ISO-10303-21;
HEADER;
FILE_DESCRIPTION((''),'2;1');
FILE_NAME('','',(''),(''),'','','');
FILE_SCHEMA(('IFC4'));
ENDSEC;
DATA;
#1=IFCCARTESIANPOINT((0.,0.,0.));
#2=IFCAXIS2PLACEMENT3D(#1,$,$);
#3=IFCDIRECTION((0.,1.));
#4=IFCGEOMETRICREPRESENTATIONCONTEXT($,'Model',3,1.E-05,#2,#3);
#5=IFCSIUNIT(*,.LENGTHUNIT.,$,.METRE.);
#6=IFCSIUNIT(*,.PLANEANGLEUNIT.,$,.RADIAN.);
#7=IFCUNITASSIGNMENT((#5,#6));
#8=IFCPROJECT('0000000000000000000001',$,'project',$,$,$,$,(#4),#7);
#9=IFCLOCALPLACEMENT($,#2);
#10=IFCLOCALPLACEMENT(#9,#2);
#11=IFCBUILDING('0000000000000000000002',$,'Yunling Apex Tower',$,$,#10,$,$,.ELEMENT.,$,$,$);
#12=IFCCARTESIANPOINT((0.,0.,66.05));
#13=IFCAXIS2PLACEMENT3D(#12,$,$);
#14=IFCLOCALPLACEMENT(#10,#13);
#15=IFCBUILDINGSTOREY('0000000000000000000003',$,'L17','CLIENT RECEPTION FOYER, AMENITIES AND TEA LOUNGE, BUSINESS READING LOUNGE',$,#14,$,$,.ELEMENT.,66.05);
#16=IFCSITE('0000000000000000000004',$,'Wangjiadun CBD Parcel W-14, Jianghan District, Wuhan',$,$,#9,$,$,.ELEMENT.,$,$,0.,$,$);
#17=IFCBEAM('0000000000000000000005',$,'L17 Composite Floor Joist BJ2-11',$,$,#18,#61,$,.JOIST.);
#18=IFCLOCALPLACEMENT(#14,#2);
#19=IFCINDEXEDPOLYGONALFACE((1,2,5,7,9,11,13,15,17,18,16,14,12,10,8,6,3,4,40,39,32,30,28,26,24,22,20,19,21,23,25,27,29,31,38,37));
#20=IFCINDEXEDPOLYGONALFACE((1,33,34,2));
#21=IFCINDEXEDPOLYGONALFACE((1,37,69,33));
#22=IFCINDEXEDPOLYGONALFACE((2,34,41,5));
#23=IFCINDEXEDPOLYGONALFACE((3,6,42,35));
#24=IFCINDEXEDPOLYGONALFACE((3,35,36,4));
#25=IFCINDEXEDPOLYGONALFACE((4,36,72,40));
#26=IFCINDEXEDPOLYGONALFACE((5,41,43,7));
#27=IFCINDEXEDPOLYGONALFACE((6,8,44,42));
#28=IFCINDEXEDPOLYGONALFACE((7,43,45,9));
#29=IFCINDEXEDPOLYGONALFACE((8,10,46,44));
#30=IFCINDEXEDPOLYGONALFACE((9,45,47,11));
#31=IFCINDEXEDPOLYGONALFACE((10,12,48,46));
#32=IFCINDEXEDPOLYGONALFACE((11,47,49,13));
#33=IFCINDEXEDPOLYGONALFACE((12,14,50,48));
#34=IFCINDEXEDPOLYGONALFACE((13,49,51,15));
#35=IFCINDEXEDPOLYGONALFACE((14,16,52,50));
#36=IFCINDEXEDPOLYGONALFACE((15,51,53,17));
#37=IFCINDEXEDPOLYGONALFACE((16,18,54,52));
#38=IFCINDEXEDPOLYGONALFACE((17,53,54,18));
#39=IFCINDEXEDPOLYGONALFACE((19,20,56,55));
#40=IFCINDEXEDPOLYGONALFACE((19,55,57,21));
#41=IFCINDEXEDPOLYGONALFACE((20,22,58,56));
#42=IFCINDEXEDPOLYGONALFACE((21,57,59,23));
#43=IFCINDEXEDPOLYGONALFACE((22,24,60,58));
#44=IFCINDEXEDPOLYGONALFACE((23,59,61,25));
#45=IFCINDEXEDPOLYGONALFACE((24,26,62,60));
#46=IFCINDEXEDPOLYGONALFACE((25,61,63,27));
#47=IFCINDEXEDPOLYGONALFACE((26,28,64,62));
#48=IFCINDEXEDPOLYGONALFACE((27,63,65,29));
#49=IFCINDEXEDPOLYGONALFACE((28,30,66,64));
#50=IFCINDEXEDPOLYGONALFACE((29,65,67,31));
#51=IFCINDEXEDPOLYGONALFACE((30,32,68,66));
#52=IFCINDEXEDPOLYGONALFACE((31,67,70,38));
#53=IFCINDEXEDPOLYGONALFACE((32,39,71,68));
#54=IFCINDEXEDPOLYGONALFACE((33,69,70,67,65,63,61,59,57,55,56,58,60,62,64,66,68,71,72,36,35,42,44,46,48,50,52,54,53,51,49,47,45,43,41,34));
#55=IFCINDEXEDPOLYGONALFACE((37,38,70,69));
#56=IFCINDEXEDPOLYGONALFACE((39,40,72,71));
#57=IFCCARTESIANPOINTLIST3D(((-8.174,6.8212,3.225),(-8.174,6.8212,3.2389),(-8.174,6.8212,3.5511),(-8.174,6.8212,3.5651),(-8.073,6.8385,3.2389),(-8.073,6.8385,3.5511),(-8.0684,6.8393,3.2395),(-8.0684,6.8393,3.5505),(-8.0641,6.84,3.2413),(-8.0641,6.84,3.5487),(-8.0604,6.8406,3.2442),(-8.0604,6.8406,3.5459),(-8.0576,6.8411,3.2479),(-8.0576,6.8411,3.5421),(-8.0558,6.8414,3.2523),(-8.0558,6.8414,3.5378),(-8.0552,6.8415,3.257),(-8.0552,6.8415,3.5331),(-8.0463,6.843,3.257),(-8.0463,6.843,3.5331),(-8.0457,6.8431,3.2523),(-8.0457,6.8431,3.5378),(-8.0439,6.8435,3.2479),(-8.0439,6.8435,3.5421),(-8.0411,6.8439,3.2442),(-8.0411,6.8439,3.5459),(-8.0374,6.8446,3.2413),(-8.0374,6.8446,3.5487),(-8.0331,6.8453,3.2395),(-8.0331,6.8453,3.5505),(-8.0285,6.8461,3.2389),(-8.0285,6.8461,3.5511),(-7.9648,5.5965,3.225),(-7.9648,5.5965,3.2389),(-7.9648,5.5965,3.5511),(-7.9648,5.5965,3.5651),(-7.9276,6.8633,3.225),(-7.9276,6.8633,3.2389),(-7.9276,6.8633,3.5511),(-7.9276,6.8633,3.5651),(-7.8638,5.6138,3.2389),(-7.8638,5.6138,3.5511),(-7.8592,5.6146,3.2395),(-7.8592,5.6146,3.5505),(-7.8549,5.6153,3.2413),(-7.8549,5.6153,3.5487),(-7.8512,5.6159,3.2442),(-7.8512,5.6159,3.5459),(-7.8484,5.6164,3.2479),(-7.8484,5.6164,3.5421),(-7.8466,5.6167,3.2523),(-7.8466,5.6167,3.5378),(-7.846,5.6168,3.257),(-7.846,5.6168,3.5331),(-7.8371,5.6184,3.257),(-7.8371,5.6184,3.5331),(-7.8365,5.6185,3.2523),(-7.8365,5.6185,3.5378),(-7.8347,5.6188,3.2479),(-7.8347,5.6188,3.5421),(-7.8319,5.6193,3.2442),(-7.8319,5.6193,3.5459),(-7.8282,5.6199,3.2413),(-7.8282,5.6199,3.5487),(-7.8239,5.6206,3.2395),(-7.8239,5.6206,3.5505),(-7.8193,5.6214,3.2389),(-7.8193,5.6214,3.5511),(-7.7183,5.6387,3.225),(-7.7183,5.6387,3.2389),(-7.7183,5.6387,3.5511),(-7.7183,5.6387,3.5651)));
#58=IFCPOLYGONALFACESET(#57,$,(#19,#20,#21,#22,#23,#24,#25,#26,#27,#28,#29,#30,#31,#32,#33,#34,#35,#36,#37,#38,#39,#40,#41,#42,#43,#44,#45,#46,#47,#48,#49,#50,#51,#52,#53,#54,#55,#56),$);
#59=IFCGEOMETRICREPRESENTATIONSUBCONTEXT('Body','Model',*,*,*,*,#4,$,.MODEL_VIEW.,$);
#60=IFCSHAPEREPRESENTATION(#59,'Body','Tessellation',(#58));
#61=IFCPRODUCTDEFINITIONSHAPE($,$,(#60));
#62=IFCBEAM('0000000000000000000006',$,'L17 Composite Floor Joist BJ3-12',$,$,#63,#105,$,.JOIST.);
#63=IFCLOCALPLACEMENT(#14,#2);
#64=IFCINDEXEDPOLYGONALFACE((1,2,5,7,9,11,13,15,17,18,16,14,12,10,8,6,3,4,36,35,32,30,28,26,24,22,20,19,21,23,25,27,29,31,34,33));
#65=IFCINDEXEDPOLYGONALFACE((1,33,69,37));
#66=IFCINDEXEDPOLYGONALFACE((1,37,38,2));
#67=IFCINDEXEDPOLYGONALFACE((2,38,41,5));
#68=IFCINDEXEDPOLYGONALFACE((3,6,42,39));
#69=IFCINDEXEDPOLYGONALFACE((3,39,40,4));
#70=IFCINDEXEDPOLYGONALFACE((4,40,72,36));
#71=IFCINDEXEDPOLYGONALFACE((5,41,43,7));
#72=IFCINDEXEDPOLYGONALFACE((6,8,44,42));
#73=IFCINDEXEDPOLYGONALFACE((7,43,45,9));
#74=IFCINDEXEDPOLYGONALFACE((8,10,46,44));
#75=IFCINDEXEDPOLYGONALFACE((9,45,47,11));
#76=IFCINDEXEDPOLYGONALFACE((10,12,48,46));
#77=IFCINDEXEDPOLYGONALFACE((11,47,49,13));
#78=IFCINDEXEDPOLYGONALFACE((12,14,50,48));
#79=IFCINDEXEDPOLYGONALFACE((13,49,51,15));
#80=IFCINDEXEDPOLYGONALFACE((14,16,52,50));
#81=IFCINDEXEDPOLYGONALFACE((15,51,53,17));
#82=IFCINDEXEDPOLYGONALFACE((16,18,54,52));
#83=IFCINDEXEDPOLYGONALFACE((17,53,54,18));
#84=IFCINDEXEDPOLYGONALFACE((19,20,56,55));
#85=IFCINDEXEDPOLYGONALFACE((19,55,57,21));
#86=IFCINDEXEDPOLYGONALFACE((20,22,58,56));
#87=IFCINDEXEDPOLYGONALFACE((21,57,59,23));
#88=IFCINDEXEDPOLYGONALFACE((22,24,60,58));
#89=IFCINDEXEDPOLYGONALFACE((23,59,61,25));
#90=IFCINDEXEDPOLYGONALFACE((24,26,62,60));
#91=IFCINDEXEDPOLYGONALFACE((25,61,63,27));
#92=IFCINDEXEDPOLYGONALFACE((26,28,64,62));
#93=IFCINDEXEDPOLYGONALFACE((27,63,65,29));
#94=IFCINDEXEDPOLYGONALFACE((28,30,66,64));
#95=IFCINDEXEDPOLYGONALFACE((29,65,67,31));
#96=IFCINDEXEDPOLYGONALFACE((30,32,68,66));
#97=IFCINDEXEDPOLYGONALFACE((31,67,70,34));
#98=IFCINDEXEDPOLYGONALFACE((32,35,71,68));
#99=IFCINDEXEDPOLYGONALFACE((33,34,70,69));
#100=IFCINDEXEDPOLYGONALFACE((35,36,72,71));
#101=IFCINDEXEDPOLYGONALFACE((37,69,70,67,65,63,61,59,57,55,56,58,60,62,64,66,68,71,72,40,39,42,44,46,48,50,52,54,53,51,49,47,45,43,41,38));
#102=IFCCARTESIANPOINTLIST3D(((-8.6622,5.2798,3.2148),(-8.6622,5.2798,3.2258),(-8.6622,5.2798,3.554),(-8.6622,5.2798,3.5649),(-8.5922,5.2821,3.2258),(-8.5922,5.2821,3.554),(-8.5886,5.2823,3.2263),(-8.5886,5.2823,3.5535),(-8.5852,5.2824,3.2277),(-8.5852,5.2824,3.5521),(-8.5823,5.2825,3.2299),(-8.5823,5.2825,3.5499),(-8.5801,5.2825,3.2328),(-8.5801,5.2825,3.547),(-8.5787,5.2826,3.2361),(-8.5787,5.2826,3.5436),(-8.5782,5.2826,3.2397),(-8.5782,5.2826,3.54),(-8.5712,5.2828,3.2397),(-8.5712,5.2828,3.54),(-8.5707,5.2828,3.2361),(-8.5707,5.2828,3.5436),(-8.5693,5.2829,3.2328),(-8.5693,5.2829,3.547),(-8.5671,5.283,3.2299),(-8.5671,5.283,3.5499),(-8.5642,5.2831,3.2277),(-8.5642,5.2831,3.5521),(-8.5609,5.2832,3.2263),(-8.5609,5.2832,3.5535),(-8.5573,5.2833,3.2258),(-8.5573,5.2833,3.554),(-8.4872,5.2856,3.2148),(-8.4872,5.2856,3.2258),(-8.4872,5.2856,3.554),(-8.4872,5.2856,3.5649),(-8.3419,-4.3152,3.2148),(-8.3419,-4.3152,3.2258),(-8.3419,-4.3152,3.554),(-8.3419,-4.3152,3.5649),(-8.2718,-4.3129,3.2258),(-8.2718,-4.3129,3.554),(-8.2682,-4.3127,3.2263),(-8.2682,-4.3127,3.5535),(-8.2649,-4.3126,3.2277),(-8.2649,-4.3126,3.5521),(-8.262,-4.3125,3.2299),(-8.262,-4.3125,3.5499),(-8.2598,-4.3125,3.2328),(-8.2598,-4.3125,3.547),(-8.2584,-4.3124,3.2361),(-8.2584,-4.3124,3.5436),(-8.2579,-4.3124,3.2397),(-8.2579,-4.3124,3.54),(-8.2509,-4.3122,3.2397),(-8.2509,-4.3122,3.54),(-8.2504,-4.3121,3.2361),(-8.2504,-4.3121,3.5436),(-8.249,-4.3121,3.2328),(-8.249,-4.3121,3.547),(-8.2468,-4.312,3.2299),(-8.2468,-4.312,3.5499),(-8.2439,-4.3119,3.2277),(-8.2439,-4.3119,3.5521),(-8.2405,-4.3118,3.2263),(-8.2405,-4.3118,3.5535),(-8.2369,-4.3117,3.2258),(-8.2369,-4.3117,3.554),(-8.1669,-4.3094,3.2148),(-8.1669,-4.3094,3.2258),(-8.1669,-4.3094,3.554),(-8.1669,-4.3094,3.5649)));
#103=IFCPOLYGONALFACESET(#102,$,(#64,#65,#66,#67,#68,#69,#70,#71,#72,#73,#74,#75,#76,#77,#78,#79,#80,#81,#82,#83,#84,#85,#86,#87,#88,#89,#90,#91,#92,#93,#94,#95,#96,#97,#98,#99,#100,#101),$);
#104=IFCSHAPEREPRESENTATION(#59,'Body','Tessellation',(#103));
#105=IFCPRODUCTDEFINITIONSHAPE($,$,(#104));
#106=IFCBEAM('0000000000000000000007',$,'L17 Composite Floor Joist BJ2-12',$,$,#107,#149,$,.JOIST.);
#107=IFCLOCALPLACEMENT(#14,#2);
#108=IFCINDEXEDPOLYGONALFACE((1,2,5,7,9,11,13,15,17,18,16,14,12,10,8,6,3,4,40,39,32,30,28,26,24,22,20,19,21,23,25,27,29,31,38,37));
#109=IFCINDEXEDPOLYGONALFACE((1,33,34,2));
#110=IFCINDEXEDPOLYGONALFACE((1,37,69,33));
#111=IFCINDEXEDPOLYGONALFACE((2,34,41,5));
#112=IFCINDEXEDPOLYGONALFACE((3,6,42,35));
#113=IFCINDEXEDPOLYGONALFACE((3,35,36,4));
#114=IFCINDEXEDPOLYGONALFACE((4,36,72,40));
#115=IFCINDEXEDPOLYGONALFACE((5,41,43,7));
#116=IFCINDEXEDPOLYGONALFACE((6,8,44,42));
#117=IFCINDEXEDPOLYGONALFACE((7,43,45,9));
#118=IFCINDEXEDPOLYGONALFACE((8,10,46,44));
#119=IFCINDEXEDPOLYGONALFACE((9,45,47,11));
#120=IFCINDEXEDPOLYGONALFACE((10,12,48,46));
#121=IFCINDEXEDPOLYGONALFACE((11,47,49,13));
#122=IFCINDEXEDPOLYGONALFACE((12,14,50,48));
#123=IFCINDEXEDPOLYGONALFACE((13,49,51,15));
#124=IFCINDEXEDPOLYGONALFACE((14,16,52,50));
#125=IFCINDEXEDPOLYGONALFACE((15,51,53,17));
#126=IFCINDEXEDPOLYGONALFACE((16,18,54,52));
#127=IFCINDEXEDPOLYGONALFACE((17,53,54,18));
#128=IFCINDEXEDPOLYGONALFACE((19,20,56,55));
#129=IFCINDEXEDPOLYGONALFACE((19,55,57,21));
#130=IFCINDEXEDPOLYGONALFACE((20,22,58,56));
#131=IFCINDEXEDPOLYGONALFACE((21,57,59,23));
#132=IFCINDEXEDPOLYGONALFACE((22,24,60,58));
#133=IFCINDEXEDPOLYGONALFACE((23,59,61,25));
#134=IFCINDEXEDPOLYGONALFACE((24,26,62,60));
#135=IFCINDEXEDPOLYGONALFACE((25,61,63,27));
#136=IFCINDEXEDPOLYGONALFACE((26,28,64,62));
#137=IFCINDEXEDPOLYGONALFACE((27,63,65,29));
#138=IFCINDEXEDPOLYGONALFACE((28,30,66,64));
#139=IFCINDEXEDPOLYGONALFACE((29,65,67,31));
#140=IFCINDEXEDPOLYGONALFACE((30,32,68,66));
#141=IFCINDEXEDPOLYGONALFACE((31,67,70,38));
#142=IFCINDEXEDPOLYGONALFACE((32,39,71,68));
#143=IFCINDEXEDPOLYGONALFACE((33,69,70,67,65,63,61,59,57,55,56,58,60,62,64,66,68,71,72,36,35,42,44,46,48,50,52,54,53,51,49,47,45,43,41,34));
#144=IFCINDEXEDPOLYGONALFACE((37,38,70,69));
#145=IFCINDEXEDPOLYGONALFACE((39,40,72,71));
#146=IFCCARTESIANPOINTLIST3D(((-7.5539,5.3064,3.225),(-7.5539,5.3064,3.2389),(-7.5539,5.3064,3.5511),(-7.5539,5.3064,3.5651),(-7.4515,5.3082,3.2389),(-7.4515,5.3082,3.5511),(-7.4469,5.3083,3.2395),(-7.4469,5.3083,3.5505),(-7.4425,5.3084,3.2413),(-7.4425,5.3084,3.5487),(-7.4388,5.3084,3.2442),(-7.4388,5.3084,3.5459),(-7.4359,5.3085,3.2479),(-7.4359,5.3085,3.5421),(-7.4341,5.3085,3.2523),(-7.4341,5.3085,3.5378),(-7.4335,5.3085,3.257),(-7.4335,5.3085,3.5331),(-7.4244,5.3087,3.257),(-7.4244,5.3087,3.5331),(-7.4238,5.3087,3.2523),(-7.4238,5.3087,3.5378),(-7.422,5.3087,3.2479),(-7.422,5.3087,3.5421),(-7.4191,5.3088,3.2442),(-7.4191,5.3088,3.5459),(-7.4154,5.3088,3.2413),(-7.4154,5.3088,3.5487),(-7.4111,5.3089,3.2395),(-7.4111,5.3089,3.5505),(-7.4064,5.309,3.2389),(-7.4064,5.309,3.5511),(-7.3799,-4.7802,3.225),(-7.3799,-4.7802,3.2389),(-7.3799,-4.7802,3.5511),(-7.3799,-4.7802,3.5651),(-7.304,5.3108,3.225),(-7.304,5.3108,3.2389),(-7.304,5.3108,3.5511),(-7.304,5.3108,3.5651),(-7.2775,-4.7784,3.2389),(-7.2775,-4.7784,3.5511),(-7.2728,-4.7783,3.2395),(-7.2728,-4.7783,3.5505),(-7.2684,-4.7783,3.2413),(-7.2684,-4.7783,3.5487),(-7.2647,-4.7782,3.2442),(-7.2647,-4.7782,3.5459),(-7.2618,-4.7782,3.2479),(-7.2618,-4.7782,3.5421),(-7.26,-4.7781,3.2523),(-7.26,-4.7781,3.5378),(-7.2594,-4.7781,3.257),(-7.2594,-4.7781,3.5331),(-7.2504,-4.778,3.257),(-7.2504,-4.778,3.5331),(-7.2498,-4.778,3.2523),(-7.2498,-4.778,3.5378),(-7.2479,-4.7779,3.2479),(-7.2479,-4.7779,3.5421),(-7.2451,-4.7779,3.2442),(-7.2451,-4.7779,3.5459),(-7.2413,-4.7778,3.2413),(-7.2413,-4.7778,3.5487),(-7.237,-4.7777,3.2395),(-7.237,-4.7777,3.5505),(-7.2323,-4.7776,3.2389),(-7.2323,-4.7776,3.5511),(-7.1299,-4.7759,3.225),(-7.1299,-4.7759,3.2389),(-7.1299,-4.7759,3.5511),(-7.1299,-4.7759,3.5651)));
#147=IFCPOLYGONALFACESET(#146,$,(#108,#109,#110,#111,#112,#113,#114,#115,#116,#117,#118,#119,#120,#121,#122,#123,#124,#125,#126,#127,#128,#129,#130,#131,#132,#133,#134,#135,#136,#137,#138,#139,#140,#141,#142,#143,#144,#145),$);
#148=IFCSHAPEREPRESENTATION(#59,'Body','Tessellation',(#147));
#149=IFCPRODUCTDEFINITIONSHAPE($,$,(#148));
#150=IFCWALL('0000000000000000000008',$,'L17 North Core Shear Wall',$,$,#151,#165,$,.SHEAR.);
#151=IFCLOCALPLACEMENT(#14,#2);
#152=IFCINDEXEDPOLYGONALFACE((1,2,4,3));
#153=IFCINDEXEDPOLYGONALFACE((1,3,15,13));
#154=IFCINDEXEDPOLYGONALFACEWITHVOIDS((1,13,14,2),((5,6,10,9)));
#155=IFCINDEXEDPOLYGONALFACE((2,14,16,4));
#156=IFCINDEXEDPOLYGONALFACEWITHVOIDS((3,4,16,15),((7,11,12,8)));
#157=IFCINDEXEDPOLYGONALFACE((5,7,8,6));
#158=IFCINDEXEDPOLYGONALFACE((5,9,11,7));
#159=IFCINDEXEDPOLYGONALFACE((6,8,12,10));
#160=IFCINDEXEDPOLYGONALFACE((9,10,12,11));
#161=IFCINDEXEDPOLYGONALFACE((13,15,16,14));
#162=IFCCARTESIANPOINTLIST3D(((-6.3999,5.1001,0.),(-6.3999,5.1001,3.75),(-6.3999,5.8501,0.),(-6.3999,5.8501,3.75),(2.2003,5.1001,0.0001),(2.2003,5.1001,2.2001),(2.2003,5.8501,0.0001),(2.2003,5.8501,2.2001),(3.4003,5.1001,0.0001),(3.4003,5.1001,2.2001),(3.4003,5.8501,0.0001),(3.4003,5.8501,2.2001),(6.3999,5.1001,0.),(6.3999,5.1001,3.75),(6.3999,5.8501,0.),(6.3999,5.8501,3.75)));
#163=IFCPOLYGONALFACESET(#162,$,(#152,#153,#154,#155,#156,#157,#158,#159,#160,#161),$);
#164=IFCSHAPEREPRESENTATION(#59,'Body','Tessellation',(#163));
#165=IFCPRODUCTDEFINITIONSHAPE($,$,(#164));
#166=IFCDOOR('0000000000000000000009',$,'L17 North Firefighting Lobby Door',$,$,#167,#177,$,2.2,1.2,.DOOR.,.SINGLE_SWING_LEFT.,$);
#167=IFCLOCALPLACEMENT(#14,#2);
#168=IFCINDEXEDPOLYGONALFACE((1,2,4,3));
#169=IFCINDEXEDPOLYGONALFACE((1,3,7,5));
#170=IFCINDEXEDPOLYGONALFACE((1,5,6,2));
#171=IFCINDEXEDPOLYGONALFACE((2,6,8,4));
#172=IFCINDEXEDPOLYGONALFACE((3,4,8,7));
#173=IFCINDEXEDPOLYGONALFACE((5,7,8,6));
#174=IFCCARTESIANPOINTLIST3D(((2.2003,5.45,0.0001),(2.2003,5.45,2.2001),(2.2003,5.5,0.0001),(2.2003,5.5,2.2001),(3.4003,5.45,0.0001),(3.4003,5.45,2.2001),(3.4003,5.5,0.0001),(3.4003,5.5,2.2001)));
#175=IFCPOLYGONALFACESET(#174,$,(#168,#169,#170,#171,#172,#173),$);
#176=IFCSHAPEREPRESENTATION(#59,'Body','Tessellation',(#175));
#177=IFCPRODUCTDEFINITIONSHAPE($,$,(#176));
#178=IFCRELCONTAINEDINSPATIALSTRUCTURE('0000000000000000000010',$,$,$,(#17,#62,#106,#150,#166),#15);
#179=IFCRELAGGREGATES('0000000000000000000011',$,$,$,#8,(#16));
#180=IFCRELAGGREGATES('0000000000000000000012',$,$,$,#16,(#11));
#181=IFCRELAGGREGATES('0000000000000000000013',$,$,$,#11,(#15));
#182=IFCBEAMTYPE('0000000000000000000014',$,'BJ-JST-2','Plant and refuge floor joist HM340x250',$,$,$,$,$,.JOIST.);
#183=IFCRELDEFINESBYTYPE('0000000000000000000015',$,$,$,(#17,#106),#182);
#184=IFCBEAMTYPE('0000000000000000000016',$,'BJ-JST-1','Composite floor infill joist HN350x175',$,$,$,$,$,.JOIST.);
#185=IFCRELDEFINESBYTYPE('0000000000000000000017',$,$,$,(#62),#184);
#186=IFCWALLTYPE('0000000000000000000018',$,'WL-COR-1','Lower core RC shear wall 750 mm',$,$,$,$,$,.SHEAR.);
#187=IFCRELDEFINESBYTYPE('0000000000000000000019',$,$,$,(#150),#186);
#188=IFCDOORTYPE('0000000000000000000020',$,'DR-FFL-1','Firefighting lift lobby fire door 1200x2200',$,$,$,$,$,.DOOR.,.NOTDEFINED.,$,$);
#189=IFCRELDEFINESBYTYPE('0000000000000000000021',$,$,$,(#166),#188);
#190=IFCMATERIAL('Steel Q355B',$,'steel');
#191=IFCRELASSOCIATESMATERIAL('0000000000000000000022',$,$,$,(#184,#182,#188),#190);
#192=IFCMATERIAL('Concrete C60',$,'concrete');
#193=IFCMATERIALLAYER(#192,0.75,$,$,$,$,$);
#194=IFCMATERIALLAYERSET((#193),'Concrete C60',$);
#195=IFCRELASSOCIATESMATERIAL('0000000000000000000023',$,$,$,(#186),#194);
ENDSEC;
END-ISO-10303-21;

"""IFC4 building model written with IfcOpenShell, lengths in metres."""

from ifc_helpers import new_model, si_unit, direction, frame, frame_2d, origin, origin_2d, place, context, subcontext, project, spatial, rectangle, i_section, extrude, source, transform, mapped, material, layer, layer_set, material_profile, profile_set, type_object, element, fill, save


model = new_model("IFC4")

# Units and contexts
model_context = context("Model", 3, precision=1e-05, world=origin(), true_north=direction((0.0, 1.0)))
body_context = subcontext(model_context, "Body", "Model", "MODEL_VIEW")
ifc_project = project(units=[si_unit("LENGTHUNIT", "METRE"), si_unit("PLANEANGLEUNIT", "RADIAN")], contexts=[model_context])

# Site, building, storey
site_placement = place(None, origin())
site = spatial("IfcSite", under=ifc_project, at=site_placement, Name="Wangjiadun CBD Parcel W-14, Jianghan District, Wuhan", CompositionType="ELEMENT", RefElevation=0.0)
building_placement = place(site_placement, origin())
building = spatial("IfcBuilding", under=site, at=building_placement, Name="Yunling Apex Tower", CompositionType="ELEMENT")
storey_placement = place(building_placement, frame((0.0, 0.0, 66.05)))
storey = spatial("IfcBuildingStorey", under=building, at=storey_placement, Name="L17", Description="CLIENT RECEPTION FOYER, AMENITIES AND TEA LOUNGE, BUSINESS READING LOUNGE", CompositionType="ELEMENT", Elevation=66.05)

# Shared definitions
ifc_material_1 = material(Name="Concrete C60", Category="concrete")

# Beams
ifc_material_2 = material(Name="Steel Q355B", Category="steel")
ifc_material_profile_1 = material_profile(ifc_material_2, i_section(OverallWidth=0.175, OverallDepth=0.3501, WebThickness=0.0071, FlangeThickness=0.011, FilletRadius=0.0139, at=origin_2d()))
ifc_profile_set_1 = profile_set([ifc_material_profile_1], Name="Steel Q355B")
beam_type_1 = type_object("IfcBeamType", Name="BJ-JST-1", Description="Composite floor infill joist HN350x175", PredefinedType="JOIST", material=ifc_profile_set_1)
ifc_material_profile_2 = material_profile(ifc_material_2, i_section(OverallWidth=0.25, OverallDepth=0.3401, WebThickness=0.009, FlangeThickness=0.0139, FilletRadius=0.0181, at=origin_2d()))
ifc_profile_set_2 = profile_set([ifc_material_profile_2], Name="Steel Q355B")
beam_type_2 = type_object("IfcBeamType", Name="BJ-JST-2", Description="Plant and refuge floor joist HM340x250", PredefinedType="JOIST", material=ifc_profile_set_2)
shared_shape_1 = source(origin(), body_context, "Body", "SweptSolid", [
    extrude(i_section(OverallWidth=0.25, OverallDepth=0.3401, WebThickness=0.009, FlangeThickness=0.0139, FilletRadius=0.0181, at=origin_2d()), origin(), (0.0, 0.0, 1.0), 1.2424),
])
beam_1_placement = place(storey_placement, frame((-8.0508, 6.8423, 3.395), z_axis=(0.168413, -0.985717, 0.0), x_axis=(0.985717, 0.168413, 0.0)))
element("IfcBeam", 1, at=beam_1_placement, inside=storey, type_object=beam_type_2, Name="L17 Composite Floor Joist BJ2-11", PredefinedType="JOIST", context=body_context, shape_type="MappedRepresentation", body=[
    mapped(shared_shape_1, transform((0.0, 0.0, 0.0), scale=1.0)),
])
shared_shape_2 = source(origin(), body_context, "Body", "SweptSolid", [
    extrude(i_section(OverallWidth=0.175, OverallDepth=0.3501, WebThickness=0.0071, FlangeThickness=0.011, FilletRadius=0.0139, at=origin_2d()), origin(), (0.0, 0.0, 1.0), 9.6003),
])
beam_2_placement = place(storey_placement, frame((-8.5747, 5.2827, 3.3899), z_axis=(0.033365, -0.999443, 0.0), x_axis=(0.999443, 0.033365, 0.0)))
element("IfcBeam", 2, at=beam_2_placement, inside=storey, type_object=beam_type_1, Name="L17 Composite Floor Joist BJ3-12", PredefinedType="JOIST", context=body_context, shape_type="MappedRepresentation", body=[
    mapped(shared_shape_2, transform((0.0, 0.0, 0.0), scale=1.0)),
])
shared_shape_3 = source(origin(), body_context, "Body", "SweptSolid", [
    extrude(i_section(OverallWidth=0.25, OverallDepth=0.3401, WebThickness=0.009, FlangeThickness=0.0139, FilletRadius=0.0181, at=origin_2d()), origin(), (0.0, 0.0, 1.0), 10.0881),
])
beam_3_placement = place(storey_placement, frame((-7.429, 5.3086, 3.395), z_axis=(0.017255, -0.999851, 0.0), x_axis=(0.999851, 0.017255, 0.0)))
element("IfcBeam", 3, at=beam_3_placement, inside=storey, type_object=beam_type_2, Name="L17 Composite Floor Joist BJ2-12", PredefinedType="JOIST", context=body_context, shape_type="MappedRepresentation", body=[
    mapped(shared_shape_3, transform((0.0, 0.0, 0.0), scale=1.0)),
])

# Wall, opening, door
ifc_layer_1 = layer(ifc_material_1, 0.75)
ifc_layer_set_1 = layer_set([ifc_layer_1], Name="Concrete C60")
wall_type_1 = type_object("IfcWallType", Name="WL-COR-1", Description="Lower core RC shear wall 750 mm", PredefinedType="SHEAR", material=ifc_layer_set_1)
wall_1_placement = place(storey_placement, frame((-6.3999, 5.4751, 0.0), z_axis=(0.0, 0.0, 1.0), x_axis=(1.0, 0.0, 0.0)))
wall_1 = element("IfcWall", 4, at=wall_1_placement, inside=storey, type_object=wall_type_1, Name="L17 North Core Shear Wall", PredefinedType="SHEAR", context=body_context, shape_type="SweptSolid", body=[
    extrude(rectangle(XDim=12.7998, YDim=0.75, at=frame_2d((6.3999, 0.0))), origin(), (0.0, 0.0, 1.0), 3.75),
])
opening_1_placement = place(wall_1_placement, frame((8.6001, 0.0, 0.0)))
opening_1 = element("IfcOpeningElement", 5, at=opening_1_placement, cuts=wall_1, PredefinedType="OPENING", context=body_context, shape_type="SweptSolid", body=[
    extrude(rectangle(XDim=1.2, YDim=2.2, at=frame_2d((0.6001, 1.1001))), frame((0.0, 0.385, 0.0), z_axis=(0.0, -1.0, 0.0), x_axis=(1.0, 0.0, 0.0)), (0.0, 0.0, 1.0), 0.77),
])
door_type_1 = type_object("IfcDoorType", Name="DR-FFL-1", Description="Firefighting lift lobby fire door 1200x2200", OperationType="NOTDEFINED", PredefinedType="DOOR", material=ifc_material_2)
door_1_placement = place(opening_1_placement, origin())
door_1 = element("IfcDoor", 6, at=door_1_placement, inside=storey, type_object=door_type_1, Name="L17 North Firefighting Lobby Door", OperationType="SINGLE_SWING_LEFT", OverallHeight=2.2, OverallWidth=1.2, PredefinedType="DOOR", context=body_context, shape_type="SweptSolid", body=[
    extrude(rectangle(XDim=1.2, YDim=2.2, at=frame_2d((0.6001, 1.1001))), frame((0.0, 0.0249, 0.0), z_axis=(0.0, -1.0, 0.0), x_axis=(1.0, 0.0, 0.0)), (0.0, 0.0, 1.0), 0.05),
])
fill(opening_1, door_1)

save(model, "model.ifc")
